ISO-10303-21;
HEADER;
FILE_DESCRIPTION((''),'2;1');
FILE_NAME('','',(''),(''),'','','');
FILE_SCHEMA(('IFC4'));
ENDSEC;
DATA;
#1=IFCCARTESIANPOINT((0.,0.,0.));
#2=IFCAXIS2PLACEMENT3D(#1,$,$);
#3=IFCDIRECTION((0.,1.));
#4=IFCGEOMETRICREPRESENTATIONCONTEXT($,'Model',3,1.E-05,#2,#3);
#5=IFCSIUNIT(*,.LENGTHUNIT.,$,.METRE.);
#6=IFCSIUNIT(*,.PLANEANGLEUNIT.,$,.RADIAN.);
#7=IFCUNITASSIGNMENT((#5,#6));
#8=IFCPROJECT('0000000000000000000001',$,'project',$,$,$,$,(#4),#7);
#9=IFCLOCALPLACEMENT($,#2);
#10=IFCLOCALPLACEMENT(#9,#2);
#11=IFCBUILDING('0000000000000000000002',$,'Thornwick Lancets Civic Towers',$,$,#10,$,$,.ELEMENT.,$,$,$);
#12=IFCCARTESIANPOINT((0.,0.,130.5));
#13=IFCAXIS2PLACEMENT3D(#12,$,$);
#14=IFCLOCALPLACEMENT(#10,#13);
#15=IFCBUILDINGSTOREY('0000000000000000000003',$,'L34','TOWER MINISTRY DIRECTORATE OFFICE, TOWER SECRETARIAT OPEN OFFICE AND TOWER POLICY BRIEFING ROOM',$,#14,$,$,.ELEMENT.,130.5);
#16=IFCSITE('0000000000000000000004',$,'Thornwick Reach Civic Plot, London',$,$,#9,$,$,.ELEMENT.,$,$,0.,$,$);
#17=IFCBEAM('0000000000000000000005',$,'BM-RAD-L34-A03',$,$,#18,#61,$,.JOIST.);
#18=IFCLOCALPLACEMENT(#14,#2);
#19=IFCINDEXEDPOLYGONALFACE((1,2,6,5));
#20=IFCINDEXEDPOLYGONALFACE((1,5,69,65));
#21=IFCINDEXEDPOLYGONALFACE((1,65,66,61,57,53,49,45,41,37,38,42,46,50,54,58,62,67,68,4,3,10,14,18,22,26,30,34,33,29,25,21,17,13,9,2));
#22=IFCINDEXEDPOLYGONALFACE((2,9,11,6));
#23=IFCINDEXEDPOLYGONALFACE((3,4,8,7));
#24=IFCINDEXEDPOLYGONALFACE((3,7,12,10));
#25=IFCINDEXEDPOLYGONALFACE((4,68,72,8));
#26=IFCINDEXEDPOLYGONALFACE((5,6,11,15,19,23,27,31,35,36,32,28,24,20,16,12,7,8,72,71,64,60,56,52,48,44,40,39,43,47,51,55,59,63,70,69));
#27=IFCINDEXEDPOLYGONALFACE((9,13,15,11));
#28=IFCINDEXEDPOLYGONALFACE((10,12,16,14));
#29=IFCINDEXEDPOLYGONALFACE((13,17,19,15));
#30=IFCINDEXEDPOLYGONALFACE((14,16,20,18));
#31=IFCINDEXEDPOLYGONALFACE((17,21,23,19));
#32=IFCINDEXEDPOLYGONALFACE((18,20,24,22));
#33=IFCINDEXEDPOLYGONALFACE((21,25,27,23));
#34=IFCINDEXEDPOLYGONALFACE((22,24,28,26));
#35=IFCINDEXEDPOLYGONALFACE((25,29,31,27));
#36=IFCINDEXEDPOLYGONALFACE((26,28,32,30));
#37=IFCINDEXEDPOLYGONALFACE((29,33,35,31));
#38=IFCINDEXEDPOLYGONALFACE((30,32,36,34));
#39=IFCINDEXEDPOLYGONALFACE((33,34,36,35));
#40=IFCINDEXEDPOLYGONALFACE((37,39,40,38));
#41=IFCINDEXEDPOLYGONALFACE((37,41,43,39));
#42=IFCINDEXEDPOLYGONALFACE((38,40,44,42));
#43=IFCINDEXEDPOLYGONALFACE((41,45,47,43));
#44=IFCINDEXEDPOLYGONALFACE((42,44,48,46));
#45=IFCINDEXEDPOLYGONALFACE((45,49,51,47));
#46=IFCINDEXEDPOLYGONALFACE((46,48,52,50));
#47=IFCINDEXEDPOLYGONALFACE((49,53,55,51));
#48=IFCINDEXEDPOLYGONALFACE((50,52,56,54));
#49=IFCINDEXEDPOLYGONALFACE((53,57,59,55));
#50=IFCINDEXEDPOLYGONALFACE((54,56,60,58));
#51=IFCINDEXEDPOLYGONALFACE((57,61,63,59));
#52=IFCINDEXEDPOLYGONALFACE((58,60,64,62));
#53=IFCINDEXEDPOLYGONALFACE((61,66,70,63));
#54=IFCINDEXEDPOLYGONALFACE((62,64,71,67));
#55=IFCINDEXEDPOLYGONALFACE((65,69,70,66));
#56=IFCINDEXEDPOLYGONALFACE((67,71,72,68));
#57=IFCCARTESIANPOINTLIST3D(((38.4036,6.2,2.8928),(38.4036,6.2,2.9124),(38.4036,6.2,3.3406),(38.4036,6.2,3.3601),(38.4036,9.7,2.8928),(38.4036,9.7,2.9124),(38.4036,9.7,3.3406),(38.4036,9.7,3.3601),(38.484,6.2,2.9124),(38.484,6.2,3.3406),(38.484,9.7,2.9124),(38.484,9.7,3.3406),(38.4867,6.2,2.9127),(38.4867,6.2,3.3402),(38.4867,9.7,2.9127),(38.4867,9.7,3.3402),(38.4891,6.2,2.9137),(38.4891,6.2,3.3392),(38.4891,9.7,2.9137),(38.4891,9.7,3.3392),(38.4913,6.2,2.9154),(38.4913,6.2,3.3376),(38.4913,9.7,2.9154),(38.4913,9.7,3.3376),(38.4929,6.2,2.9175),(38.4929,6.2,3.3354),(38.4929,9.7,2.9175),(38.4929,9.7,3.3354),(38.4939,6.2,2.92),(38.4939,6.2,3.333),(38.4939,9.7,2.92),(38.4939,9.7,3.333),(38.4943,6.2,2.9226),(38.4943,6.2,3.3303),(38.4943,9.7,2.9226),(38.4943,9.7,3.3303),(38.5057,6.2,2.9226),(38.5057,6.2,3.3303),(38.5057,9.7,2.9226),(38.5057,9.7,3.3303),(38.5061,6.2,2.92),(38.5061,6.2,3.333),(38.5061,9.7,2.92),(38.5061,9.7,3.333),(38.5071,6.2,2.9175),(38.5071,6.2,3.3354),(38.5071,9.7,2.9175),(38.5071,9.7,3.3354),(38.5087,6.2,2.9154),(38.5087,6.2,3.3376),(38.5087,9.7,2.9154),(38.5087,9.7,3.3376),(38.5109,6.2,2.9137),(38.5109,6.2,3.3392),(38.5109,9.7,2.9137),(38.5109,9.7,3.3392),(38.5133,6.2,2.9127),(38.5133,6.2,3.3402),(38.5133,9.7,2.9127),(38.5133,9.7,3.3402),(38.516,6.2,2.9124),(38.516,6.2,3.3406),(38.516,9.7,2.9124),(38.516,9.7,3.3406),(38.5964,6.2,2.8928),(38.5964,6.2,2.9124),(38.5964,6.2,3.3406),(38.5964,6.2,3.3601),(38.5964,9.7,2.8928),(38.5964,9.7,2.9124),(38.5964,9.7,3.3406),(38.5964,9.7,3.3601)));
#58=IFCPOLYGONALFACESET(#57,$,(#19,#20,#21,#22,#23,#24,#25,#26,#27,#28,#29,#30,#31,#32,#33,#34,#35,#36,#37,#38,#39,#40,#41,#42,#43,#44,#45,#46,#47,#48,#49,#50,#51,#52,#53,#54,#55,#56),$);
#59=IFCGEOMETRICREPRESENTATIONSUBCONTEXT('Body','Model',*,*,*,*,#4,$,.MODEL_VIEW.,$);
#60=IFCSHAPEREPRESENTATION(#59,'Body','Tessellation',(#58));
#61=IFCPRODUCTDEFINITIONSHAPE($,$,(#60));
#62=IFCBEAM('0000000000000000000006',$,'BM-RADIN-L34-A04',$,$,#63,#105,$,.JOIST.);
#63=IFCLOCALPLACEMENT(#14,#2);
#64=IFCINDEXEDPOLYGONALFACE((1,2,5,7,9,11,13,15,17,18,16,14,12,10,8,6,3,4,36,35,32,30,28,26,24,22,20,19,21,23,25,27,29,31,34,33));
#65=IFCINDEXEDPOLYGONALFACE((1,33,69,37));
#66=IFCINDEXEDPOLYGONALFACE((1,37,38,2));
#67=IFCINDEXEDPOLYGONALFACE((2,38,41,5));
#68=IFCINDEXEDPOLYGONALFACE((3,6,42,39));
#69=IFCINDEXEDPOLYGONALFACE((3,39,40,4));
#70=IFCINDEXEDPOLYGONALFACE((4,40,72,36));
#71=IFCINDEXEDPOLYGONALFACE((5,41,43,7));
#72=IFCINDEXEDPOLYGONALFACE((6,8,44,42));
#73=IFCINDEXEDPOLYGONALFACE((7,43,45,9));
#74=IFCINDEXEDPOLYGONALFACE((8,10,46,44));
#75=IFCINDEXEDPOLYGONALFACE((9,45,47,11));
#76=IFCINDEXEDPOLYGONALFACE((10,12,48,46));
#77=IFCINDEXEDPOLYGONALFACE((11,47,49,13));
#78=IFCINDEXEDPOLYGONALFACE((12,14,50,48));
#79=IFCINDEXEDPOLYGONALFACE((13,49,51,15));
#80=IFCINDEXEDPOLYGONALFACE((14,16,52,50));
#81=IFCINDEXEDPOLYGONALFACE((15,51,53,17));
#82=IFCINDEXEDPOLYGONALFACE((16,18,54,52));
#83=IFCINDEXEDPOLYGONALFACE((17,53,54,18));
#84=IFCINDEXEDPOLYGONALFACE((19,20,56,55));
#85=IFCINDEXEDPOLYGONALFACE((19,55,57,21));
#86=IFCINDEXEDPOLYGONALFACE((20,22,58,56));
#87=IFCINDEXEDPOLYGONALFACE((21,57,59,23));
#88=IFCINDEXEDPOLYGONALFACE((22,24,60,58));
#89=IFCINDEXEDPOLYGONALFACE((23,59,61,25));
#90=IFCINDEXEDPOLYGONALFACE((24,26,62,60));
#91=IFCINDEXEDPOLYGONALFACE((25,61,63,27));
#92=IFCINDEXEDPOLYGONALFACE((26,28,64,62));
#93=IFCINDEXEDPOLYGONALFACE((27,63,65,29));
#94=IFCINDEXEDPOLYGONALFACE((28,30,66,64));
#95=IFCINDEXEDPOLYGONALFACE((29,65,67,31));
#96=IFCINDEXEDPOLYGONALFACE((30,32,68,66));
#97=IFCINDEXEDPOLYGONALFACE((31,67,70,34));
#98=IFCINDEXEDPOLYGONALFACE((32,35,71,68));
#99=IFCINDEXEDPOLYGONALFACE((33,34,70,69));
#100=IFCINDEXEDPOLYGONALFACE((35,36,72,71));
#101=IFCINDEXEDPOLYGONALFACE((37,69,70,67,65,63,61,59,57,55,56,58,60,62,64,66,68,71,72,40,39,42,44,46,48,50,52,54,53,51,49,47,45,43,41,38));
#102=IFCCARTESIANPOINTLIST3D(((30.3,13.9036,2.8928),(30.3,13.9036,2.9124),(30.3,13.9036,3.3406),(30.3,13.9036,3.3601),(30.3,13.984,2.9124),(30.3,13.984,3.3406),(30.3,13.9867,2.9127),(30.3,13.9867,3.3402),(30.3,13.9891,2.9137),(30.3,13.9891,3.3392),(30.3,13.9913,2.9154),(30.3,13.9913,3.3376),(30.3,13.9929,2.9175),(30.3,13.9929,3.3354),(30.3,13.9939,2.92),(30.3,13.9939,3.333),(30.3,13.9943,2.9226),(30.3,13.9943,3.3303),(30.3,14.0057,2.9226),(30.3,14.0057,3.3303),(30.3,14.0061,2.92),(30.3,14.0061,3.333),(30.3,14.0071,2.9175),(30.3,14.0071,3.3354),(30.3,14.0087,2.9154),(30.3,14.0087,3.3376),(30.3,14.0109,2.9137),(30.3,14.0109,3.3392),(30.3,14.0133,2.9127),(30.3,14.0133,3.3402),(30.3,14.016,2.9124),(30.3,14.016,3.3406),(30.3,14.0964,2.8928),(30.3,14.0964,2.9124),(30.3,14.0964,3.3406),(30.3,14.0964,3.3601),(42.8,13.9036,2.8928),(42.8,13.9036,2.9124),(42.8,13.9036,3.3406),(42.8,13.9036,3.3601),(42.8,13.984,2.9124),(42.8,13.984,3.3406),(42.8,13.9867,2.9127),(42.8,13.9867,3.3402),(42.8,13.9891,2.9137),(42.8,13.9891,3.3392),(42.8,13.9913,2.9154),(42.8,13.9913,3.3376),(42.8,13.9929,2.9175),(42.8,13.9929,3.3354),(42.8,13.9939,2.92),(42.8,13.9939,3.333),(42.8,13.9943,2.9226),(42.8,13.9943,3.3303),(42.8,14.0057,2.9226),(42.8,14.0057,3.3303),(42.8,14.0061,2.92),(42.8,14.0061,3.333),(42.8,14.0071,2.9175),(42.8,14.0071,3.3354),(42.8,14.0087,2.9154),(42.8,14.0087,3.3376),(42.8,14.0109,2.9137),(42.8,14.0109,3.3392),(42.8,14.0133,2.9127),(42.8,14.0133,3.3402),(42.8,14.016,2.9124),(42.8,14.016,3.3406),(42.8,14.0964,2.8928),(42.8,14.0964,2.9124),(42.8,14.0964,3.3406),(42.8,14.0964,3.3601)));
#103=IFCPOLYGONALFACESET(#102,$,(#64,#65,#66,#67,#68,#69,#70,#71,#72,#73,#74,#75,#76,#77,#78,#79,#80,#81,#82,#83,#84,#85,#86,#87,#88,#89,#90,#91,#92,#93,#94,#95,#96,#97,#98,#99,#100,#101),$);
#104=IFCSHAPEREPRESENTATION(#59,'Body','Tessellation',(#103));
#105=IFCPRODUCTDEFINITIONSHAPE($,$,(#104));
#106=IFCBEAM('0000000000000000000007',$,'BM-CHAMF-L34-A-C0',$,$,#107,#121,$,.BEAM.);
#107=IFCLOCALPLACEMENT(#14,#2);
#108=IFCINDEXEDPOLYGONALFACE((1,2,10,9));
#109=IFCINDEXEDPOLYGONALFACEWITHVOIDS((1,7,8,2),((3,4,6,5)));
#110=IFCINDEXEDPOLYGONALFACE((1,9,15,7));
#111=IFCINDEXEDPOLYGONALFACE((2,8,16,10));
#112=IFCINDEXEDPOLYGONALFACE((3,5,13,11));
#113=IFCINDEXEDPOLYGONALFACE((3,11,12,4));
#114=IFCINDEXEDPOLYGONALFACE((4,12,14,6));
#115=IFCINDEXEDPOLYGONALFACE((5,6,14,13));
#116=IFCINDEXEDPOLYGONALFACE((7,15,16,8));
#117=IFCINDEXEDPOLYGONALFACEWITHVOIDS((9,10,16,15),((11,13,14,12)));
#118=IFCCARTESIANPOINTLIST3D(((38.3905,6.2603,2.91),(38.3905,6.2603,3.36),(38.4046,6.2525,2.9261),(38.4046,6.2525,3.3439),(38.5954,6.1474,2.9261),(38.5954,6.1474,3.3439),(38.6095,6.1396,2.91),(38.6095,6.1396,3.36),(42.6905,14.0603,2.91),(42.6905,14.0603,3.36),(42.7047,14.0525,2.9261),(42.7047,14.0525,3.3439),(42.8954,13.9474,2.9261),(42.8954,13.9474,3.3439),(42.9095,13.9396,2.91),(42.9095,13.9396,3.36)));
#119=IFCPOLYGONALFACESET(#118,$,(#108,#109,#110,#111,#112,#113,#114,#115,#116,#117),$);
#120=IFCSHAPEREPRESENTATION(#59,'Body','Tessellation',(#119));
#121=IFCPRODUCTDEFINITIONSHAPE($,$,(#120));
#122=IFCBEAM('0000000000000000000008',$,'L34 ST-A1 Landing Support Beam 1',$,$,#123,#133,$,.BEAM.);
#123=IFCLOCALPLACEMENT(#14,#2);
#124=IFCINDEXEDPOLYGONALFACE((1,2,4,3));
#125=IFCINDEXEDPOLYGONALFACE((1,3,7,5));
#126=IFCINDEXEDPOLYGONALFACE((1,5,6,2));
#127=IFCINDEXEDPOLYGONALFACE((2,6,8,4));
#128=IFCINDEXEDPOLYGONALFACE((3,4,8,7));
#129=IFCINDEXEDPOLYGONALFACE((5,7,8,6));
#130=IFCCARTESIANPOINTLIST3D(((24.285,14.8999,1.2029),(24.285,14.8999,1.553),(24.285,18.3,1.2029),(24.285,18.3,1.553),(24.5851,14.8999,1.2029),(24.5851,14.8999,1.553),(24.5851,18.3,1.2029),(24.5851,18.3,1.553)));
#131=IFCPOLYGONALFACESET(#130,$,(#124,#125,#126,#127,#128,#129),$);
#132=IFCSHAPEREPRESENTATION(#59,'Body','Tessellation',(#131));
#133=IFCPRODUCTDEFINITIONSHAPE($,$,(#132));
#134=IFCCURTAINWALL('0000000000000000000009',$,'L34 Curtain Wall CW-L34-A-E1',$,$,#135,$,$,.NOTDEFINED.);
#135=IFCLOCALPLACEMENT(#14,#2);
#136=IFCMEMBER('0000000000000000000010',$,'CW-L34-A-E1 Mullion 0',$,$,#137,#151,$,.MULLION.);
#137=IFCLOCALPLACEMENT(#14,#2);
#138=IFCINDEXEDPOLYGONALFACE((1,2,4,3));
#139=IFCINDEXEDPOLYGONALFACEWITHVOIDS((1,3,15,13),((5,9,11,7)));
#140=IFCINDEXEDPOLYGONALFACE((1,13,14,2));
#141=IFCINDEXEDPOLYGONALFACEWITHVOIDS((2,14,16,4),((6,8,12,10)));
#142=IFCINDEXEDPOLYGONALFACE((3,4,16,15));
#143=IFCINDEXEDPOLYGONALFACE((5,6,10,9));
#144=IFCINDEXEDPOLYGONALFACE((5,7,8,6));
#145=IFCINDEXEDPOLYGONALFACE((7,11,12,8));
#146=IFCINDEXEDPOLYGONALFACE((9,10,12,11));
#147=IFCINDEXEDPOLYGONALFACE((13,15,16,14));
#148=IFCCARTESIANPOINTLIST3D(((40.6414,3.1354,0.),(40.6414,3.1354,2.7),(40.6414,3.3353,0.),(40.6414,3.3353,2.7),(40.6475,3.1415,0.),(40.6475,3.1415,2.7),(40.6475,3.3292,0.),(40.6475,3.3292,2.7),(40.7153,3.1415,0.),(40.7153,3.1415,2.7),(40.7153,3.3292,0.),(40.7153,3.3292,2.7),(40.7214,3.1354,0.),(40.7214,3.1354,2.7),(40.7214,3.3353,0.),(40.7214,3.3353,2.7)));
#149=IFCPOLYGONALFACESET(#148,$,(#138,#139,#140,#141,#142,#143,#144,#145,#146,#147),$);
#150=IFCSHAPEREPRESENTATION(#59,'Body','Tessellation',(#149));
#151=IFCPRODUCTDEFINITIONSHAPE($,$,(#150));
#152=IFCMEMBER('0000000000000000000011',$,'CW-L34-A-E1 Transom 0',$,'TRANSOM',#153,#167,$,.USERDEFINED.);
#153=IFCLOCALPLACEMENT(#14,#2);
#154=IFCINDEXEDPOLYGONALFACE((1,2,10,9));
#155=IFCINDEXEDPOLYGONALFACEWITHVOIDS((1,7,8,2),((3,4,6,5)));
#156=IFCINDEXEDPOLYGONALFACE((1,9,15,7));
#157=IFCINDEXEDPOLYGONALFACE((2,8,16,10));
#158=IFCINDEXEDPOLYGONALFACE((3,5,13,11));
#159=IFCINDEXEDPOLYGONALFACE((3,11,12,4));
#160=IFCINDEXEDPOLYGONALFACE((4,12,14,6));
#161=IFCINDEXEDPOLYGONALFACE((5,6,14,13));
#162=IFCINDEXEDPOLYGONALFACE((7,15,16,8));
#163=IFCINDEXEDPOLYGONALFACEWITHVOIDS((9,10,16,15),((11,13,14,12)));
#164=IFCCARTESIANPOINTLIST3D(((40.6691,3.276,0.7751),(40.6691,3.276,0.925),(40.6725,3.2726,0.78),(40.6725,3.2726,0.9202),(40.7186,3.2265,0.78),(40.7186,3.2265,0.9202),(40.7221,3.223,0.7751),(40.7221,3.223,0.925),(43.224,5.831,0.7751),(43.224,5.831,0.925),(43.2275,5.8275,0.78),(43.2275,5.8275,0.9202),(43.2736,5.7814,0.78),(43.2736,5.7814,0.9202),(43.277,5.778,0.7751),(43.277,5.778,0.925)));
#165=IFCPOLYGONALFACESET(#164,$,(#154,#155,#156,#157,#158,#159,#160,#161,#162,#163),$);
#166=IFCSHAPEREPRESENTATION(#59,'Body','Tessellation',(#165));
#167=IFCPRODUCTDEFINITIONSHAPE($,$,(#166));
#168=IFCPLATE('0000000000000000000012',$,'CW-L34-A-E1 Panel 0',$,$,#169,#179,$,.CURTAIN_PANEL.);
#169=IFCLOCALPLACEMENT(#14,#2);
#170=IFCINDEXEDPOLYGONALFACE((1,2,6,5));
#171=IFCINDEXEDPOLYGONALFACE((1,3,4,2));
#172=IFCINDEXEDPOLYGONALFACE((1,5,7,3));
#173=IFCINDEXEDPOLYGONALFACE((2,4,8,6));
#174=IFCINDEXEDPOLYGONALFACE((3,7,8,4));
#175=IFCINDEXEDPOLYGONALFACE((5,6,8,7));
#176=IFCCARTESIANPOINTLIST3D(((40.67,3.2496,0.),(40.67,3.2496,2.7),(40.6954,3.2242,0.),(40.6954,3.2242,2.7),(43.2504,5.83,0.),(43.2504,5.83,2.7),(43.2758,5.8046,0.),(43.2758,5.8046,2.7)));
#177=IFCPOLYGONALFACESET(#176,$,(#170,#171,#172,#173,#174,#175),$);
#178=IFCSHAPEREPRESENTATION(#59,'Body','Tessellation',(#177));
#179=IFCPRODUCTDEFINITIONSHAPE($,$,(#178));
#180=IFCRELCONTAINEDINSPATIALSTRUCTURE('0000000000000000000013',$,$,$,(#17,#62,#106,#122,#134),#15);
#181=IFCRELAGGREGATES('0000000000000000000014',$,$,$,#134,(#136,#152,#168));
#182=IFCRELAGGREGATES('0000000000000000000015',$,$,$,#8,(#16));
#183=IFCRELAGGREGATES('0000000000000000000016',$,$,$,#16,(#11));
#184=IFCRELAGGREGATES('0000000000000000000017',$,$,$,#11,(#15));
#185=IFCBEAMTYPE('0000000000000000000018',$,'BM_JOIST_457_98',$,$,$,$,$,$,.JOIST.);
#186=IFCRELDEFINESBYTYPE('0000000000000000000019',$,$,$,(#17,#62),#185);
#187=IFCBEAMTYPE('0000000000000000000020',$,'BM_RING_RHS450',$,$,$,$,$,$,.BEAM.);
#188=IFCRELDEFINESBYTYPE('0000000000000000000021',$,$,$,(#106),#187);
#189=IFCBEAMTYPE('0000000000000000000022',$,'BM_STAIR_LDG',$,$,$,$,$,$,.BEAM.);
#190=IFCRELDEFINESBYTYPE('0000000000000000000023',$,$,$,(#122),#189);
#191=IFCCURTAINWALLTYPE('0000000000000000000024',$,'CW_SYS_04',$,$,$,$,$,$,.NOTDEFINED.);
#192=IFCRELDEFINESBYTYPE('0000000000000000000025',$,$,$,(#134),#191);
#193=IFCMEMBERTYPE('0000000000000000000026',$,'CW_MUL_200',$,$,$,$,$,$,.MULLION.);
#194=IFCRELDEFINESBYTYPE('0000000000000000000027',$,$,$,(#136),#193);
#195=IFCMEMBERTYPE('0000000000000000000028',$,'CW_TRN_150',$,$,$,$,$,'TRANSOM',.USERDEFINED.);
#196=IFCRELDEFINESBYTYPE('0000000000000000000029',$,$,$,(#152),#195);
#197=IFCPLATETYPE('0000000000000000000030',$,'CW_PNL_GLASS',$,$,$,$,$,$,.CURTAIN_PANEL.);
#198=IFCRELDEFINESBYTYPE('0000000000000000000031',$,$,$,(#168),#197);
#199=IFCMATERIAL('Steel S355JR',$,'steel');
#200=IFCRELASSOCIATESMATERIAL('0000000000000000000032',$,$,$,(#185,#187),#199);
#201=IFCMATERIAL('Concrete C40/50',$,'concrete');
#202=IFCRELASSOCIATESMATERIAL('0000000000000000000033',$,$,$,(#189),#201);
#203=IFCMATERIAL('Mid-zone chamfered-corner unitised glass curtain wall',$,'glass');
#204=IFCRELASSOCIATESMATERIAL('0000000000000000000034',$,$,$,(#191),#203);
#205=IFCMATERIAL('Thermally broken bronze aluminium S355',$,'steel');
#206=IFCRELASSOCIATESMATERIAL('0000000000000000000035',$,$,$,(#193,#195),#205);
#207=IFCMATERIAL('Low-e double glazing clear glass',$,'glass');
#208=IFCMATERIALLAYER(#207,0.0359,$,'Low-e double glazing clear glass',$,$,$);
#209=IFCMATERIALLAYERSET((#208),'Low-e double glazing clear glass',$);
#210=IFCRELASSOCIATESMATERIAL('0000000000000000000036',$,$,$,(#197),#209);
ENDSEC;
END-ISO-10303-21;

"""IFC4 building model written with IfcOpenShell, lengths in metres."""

from ifc_helpers import new_model, si_unit, direction, frame, origin, origin_2d, place, context, subcontext, project, spatial, rectangle, hollow_rectangle, i_section, extrude, material, layer, layer_set, material_profile, profile_set, type_object, element, aggregate, save


model = new_model("IFC4")

# Units and contexts
model_context = context("Model", 3, precision=1e-05, world=origin(), true_north=direction((0.0, 1.0)))
body_context = subcontext(model_context, "Body", "Model", "MODEL_VIEW")
ifc_project = project(units=[si_unit("LENGTHUNIT", "METRE"), si_unit("PLANEANGLEUNIT", "RADIAN")], contexts=[model_context])

# Site, building, storey
site_placement = place(None, origin())
site = spatial("IfcSite", under=ifc_project, at=site_placement, Name="Thornwick Reach Civic Plot, London", CompositionType="ELEMENT", RefElevation=0.0)
building_placement = place(site_placement, origin())
building = spatial("IfcBuilding", under=site, at=building_placement, Name="Thornwick Lancets Civic Towers", CompositionType="ELEMENT")
storey_placement = place(building_placement, frame((0.0, 0.0, 130.5)))
storey = spatial("IfcBuildingStorey", under=building, at=storey_placement, Name="L34", Description="TOWER MINISTRY DIRECTORATE OFFICE, TOWER SECRETARIAT OPEN OFFICE AND TOWER POLICY BRIEFING ROOM", CompositionType="ELEMENT", Elevation=130.5)

# Beams
ifc_material_1 = material(Name="Steel S355JR", Category="steel")
ifc_material_profile_1 = material_profile(ifc_material_1, i_section(OverallWidth=0.1929, OverallDepth=0.4673, WebThickness=0.0115, FlangeThickness=0.0195, FilletRadius=0.0103, at=origin_2d()), Name="UKB 457x191x98")
ifc_profile_set_1 = profile_set([ifc_material_profile_1], Name="Steel S355JR")
beam_type_1 = type_object("IfcBeamType", Name="BM_JOIST_457_98", PredefinedType="JOIST", material=ifc_profile_set_1)
for number, where, z_axis, x_axis, name in (
    (1, (38.5, 9.7, 3.1265), (0.0, -1.0, 0.0), (1.0, 0.0, 0.0), "BM-RAD-L34-A03"),
):
    element("IfcBeam", number, at=place(storey_placement, frame(where, z_axis=z_axis, x_axis=x_axis)), inside=storey, type_object=beam_type_1, Name=name, PredefinedType="JOIST", context=body_context, shape_type="SweptSolid", body=[
        extrude(i_section(OverallWidth=0.1929, OverallDepth=0.4673, WebThickness=0.0115, FlangeThickness=0.0195, FilletRadius=0.0103, at=origin_2d()), origin(), (0.0, 0.0, 1.0), 3.5),
    ])
beam_1_placement = place(storey_placement, frame((30.3, 14.0, 3.1265), z_axis=(1.0, 0.0, 0.0), x_axis=(0.0, 1.0, 0.0)))
element("IfcBeam", 2, at=beam_1_placement, inside=storey, type_object=beam_type_1, Name="BM-RADIN-L34-A04", PredefinedType="JOIST", context=body_context, shape_type="SweptSolid", body=[
    extrude(i_section(OverallWidth=0.1929, OverallDepth=0.4673, WebThickness=0.0115, FlangeThickness=0.0195, FilletRadius=0.0103, at=origin_2d()), origin(), (0.0, 0.0, 1.0), 12.5),
])
ifc_material_profile_2 = material_profile(ifc_material_1, hollow_rectangle(XDim=0.25, YDim=0.45, WallThickness=0.0161, at=origin_2d()), Name="RHS 450x250x16")
ifc_profile_set_2 = profile_set([ifc_material_profile_2], Name="Steel S355JR")
beam_type_2 = type_object("IfcBeamType", Name="BM_RING_RHS450", PredefinedType="BEAM", material=ifc_profile_set_2)
beam_2_placement = place(storey_placement, frame((38.5, 6.2, 3.135), z_axis=(0.482782, 0.87574, 0.0), x_axis=(-0.87574, 0.482782, 0.0)))
element("IfcBeam", 3, at=beam_2_placement, inside=storey, type_object=beam_type_2, Name="BM-CHAMF-L34-A-C0", PredefinedType="BEAM", context=body_context, shape_type="SweptSolid", body=[
    extrude(hollow_rectangle(XDim=0.25, YDim=0.45, WallThickness=0.0161, at=origin_2d()), origin(), (0.0, 0.0, 1.0), 8.9067),
])
ifc_material_2 = material(Name="Concrete C40/50", Category="concrete")
ifc_material_profile_3 = material_profile(ifc_material_2, rectangle(XDim=0.3, YDim=0.3501, at=origin_2d()), Name="RC 300x350")
ifc_profile_set_3 = profile_set([ifc_material_profile_3], Name="Concrete C40/50")
beam_type_3 = type_object("IfcBeamType", Name="BM_STAIR_LDG", PredefinedType="BEAM", material=ifc_profile_set_3)
beam_3_placement = place(storey_placement, frame((24.4351, 14.8999, 1.3779), z_axis=(0.0, 1.0, 0.0), x_axis=(-1.0, 0.0, 0.0)))
element("IfcBeam", 4, at=beam_3_placement, inside=storey, type_object=beam_type_3, Name="L34 ST-A1 Landing Support Beam 1", PredefinedType="BEAM", context=body_context, shape_type="SweptSolid", body=[
    extrude(rectangle(XDim=0.3, YDim=0.3501, at=origin_2d()), origin(), (0.0, 0.0, 1.0), 3.4001),
])

# Curtain wall, members, plate
ifc_material_3 = material(Name="Mid-zone chamfered-corner unitised glass curtain wall", Category="glass")
curtain_wall_type = type_object("IfcCurtainWallType", Name="CW_SYS_04", PredefinedType="NOTDEFINED", material=ifc_material_3)
curtain_wall_placement = place(storey_placement, origin())
curtain_wall = element("IfcCurtainWall", 5, at=curtain_wall_placement, inside=storey, type_object=curtain_wall_type, Name="L34 Curtain Wall CW-L34-A-E1", PredefinedType="NOTDEFINED")
ifc_material_4 = material(Name="Thermally broken bronze aluminium S355", Category="steel")
ifc_material_profile_4 = material_profile(ifc_material_4, hollow_rectangle(XDim=0.0801, YDim=0.2, WallThickness=0.0061, at=origin_2d()), Name="RHS 200x80x6")
ifc_profile_set_4 = profile_set([ifc_material_profile_4], Name="Thermally broken bronze aluminium S355")
member_type_1 = type_object("IfcMemberType", Name="CW_MUL_200", PredefinedType="MULLION", material=ifc_profile_set_4)
member_1_placement = place(storey_placement, frame((40.6814, 3.2354, 0.0), z_axis=(0.0, 0.0, 1.0), x_axis=(1.0, 0.0, 0.0)))
member_1 = element("IfcMember", 6, at=member_1_placement, type_object=member_type_1, Name="CW-L34-A-E1 Mullion 0", PredefinedType="MULLION", context=body_context, shape_type="SweptSolid", body=[
    extrude(hollow_rectangle(XDim=0.0801, YDim=0.2, WallThickness=0.0061, at=origin_2d()), origin(), (0.0, 0.0, 1.0), 2.7),
])
ifc_material_profile_5 = material_profile(ifc_material_4, hollow_rectangle(XDim=0.075, YDim=0.1499, WallThickness=0.0049, at=origin_2d()), Name="RHS 150x75x5")
ifc_profile_set_5 = profile_set([ifc_material_profile_5], Name="Thermally broken bronze aluminium S355")
member_type_2 = type_object("IfcMemberType", Name="CW_TRN_150", ElementType="TRANSOM", PredefinedType="USERDEFINED", material=ifc_profile_set_5)
member_2_placement = place(storey_placement, frame((40.6956, 3.2495, 0.8501), z_axis=(0.707107, 0.707107, 0.0), x_axis=(-0.707107, 0.707107, 0.0)))
member_2 = element("IfcMember", 7, at=member_2_placement, type_object=member_type_2, Name="CW-L34-A-E1 Transom 0", ObjectType="TRANSOM", PredefinedType="USERDEFINED", context=body_context, shape_type="SweptSolid", body=[
    extrude(hollow_rectangle(XDim=0.075, YDim=0.1499, WallThickness=0.0049, at=origin_2d()), origin(), (0.0, 0.0, 1.0), 3.6133),
])
ifc_material_5 = material(Name="Low-e double glazing clear glass", Category="glass")
ifc_layer_1 = layer(ifc_material_5, 0.0359, Name="Low-e double glazing clear glass")
ifc_layer_set_1 = layer_set([ifc_layer_1], Name="Low-e double glazing clear glass")
plate_type = type_object("IfcPlateType", Name="CW_PNL_GLASS", PredefinedType="CURTAIN_PANEL", material=ifc_layer_set_1)
plate_placement = place(storey_placement, frame((41.9729, 4.5271, 0.0), z_axis=(0.0, 0.0, 1.0), x_axis=(0.707107, 0.707107, 0.0)))
plate = element("IfcPlate", 8, at=plate_placement, type_object=plate_type, Name="CW-L34-A-E1 Panel 0", PredefinedType="CURTAIN_PANEL", context=body_context, shape_type="SweptSolid", body=[
    extrude(rectangle(XDim=3.6492, YDim=0.0359, at=origin_2d()), origin(), (0.0, 0.0, 1.0), 2.7),
])
aggregate(curtain_wall, [member_1, member_2, plate])

save(model, "model.ifc")
